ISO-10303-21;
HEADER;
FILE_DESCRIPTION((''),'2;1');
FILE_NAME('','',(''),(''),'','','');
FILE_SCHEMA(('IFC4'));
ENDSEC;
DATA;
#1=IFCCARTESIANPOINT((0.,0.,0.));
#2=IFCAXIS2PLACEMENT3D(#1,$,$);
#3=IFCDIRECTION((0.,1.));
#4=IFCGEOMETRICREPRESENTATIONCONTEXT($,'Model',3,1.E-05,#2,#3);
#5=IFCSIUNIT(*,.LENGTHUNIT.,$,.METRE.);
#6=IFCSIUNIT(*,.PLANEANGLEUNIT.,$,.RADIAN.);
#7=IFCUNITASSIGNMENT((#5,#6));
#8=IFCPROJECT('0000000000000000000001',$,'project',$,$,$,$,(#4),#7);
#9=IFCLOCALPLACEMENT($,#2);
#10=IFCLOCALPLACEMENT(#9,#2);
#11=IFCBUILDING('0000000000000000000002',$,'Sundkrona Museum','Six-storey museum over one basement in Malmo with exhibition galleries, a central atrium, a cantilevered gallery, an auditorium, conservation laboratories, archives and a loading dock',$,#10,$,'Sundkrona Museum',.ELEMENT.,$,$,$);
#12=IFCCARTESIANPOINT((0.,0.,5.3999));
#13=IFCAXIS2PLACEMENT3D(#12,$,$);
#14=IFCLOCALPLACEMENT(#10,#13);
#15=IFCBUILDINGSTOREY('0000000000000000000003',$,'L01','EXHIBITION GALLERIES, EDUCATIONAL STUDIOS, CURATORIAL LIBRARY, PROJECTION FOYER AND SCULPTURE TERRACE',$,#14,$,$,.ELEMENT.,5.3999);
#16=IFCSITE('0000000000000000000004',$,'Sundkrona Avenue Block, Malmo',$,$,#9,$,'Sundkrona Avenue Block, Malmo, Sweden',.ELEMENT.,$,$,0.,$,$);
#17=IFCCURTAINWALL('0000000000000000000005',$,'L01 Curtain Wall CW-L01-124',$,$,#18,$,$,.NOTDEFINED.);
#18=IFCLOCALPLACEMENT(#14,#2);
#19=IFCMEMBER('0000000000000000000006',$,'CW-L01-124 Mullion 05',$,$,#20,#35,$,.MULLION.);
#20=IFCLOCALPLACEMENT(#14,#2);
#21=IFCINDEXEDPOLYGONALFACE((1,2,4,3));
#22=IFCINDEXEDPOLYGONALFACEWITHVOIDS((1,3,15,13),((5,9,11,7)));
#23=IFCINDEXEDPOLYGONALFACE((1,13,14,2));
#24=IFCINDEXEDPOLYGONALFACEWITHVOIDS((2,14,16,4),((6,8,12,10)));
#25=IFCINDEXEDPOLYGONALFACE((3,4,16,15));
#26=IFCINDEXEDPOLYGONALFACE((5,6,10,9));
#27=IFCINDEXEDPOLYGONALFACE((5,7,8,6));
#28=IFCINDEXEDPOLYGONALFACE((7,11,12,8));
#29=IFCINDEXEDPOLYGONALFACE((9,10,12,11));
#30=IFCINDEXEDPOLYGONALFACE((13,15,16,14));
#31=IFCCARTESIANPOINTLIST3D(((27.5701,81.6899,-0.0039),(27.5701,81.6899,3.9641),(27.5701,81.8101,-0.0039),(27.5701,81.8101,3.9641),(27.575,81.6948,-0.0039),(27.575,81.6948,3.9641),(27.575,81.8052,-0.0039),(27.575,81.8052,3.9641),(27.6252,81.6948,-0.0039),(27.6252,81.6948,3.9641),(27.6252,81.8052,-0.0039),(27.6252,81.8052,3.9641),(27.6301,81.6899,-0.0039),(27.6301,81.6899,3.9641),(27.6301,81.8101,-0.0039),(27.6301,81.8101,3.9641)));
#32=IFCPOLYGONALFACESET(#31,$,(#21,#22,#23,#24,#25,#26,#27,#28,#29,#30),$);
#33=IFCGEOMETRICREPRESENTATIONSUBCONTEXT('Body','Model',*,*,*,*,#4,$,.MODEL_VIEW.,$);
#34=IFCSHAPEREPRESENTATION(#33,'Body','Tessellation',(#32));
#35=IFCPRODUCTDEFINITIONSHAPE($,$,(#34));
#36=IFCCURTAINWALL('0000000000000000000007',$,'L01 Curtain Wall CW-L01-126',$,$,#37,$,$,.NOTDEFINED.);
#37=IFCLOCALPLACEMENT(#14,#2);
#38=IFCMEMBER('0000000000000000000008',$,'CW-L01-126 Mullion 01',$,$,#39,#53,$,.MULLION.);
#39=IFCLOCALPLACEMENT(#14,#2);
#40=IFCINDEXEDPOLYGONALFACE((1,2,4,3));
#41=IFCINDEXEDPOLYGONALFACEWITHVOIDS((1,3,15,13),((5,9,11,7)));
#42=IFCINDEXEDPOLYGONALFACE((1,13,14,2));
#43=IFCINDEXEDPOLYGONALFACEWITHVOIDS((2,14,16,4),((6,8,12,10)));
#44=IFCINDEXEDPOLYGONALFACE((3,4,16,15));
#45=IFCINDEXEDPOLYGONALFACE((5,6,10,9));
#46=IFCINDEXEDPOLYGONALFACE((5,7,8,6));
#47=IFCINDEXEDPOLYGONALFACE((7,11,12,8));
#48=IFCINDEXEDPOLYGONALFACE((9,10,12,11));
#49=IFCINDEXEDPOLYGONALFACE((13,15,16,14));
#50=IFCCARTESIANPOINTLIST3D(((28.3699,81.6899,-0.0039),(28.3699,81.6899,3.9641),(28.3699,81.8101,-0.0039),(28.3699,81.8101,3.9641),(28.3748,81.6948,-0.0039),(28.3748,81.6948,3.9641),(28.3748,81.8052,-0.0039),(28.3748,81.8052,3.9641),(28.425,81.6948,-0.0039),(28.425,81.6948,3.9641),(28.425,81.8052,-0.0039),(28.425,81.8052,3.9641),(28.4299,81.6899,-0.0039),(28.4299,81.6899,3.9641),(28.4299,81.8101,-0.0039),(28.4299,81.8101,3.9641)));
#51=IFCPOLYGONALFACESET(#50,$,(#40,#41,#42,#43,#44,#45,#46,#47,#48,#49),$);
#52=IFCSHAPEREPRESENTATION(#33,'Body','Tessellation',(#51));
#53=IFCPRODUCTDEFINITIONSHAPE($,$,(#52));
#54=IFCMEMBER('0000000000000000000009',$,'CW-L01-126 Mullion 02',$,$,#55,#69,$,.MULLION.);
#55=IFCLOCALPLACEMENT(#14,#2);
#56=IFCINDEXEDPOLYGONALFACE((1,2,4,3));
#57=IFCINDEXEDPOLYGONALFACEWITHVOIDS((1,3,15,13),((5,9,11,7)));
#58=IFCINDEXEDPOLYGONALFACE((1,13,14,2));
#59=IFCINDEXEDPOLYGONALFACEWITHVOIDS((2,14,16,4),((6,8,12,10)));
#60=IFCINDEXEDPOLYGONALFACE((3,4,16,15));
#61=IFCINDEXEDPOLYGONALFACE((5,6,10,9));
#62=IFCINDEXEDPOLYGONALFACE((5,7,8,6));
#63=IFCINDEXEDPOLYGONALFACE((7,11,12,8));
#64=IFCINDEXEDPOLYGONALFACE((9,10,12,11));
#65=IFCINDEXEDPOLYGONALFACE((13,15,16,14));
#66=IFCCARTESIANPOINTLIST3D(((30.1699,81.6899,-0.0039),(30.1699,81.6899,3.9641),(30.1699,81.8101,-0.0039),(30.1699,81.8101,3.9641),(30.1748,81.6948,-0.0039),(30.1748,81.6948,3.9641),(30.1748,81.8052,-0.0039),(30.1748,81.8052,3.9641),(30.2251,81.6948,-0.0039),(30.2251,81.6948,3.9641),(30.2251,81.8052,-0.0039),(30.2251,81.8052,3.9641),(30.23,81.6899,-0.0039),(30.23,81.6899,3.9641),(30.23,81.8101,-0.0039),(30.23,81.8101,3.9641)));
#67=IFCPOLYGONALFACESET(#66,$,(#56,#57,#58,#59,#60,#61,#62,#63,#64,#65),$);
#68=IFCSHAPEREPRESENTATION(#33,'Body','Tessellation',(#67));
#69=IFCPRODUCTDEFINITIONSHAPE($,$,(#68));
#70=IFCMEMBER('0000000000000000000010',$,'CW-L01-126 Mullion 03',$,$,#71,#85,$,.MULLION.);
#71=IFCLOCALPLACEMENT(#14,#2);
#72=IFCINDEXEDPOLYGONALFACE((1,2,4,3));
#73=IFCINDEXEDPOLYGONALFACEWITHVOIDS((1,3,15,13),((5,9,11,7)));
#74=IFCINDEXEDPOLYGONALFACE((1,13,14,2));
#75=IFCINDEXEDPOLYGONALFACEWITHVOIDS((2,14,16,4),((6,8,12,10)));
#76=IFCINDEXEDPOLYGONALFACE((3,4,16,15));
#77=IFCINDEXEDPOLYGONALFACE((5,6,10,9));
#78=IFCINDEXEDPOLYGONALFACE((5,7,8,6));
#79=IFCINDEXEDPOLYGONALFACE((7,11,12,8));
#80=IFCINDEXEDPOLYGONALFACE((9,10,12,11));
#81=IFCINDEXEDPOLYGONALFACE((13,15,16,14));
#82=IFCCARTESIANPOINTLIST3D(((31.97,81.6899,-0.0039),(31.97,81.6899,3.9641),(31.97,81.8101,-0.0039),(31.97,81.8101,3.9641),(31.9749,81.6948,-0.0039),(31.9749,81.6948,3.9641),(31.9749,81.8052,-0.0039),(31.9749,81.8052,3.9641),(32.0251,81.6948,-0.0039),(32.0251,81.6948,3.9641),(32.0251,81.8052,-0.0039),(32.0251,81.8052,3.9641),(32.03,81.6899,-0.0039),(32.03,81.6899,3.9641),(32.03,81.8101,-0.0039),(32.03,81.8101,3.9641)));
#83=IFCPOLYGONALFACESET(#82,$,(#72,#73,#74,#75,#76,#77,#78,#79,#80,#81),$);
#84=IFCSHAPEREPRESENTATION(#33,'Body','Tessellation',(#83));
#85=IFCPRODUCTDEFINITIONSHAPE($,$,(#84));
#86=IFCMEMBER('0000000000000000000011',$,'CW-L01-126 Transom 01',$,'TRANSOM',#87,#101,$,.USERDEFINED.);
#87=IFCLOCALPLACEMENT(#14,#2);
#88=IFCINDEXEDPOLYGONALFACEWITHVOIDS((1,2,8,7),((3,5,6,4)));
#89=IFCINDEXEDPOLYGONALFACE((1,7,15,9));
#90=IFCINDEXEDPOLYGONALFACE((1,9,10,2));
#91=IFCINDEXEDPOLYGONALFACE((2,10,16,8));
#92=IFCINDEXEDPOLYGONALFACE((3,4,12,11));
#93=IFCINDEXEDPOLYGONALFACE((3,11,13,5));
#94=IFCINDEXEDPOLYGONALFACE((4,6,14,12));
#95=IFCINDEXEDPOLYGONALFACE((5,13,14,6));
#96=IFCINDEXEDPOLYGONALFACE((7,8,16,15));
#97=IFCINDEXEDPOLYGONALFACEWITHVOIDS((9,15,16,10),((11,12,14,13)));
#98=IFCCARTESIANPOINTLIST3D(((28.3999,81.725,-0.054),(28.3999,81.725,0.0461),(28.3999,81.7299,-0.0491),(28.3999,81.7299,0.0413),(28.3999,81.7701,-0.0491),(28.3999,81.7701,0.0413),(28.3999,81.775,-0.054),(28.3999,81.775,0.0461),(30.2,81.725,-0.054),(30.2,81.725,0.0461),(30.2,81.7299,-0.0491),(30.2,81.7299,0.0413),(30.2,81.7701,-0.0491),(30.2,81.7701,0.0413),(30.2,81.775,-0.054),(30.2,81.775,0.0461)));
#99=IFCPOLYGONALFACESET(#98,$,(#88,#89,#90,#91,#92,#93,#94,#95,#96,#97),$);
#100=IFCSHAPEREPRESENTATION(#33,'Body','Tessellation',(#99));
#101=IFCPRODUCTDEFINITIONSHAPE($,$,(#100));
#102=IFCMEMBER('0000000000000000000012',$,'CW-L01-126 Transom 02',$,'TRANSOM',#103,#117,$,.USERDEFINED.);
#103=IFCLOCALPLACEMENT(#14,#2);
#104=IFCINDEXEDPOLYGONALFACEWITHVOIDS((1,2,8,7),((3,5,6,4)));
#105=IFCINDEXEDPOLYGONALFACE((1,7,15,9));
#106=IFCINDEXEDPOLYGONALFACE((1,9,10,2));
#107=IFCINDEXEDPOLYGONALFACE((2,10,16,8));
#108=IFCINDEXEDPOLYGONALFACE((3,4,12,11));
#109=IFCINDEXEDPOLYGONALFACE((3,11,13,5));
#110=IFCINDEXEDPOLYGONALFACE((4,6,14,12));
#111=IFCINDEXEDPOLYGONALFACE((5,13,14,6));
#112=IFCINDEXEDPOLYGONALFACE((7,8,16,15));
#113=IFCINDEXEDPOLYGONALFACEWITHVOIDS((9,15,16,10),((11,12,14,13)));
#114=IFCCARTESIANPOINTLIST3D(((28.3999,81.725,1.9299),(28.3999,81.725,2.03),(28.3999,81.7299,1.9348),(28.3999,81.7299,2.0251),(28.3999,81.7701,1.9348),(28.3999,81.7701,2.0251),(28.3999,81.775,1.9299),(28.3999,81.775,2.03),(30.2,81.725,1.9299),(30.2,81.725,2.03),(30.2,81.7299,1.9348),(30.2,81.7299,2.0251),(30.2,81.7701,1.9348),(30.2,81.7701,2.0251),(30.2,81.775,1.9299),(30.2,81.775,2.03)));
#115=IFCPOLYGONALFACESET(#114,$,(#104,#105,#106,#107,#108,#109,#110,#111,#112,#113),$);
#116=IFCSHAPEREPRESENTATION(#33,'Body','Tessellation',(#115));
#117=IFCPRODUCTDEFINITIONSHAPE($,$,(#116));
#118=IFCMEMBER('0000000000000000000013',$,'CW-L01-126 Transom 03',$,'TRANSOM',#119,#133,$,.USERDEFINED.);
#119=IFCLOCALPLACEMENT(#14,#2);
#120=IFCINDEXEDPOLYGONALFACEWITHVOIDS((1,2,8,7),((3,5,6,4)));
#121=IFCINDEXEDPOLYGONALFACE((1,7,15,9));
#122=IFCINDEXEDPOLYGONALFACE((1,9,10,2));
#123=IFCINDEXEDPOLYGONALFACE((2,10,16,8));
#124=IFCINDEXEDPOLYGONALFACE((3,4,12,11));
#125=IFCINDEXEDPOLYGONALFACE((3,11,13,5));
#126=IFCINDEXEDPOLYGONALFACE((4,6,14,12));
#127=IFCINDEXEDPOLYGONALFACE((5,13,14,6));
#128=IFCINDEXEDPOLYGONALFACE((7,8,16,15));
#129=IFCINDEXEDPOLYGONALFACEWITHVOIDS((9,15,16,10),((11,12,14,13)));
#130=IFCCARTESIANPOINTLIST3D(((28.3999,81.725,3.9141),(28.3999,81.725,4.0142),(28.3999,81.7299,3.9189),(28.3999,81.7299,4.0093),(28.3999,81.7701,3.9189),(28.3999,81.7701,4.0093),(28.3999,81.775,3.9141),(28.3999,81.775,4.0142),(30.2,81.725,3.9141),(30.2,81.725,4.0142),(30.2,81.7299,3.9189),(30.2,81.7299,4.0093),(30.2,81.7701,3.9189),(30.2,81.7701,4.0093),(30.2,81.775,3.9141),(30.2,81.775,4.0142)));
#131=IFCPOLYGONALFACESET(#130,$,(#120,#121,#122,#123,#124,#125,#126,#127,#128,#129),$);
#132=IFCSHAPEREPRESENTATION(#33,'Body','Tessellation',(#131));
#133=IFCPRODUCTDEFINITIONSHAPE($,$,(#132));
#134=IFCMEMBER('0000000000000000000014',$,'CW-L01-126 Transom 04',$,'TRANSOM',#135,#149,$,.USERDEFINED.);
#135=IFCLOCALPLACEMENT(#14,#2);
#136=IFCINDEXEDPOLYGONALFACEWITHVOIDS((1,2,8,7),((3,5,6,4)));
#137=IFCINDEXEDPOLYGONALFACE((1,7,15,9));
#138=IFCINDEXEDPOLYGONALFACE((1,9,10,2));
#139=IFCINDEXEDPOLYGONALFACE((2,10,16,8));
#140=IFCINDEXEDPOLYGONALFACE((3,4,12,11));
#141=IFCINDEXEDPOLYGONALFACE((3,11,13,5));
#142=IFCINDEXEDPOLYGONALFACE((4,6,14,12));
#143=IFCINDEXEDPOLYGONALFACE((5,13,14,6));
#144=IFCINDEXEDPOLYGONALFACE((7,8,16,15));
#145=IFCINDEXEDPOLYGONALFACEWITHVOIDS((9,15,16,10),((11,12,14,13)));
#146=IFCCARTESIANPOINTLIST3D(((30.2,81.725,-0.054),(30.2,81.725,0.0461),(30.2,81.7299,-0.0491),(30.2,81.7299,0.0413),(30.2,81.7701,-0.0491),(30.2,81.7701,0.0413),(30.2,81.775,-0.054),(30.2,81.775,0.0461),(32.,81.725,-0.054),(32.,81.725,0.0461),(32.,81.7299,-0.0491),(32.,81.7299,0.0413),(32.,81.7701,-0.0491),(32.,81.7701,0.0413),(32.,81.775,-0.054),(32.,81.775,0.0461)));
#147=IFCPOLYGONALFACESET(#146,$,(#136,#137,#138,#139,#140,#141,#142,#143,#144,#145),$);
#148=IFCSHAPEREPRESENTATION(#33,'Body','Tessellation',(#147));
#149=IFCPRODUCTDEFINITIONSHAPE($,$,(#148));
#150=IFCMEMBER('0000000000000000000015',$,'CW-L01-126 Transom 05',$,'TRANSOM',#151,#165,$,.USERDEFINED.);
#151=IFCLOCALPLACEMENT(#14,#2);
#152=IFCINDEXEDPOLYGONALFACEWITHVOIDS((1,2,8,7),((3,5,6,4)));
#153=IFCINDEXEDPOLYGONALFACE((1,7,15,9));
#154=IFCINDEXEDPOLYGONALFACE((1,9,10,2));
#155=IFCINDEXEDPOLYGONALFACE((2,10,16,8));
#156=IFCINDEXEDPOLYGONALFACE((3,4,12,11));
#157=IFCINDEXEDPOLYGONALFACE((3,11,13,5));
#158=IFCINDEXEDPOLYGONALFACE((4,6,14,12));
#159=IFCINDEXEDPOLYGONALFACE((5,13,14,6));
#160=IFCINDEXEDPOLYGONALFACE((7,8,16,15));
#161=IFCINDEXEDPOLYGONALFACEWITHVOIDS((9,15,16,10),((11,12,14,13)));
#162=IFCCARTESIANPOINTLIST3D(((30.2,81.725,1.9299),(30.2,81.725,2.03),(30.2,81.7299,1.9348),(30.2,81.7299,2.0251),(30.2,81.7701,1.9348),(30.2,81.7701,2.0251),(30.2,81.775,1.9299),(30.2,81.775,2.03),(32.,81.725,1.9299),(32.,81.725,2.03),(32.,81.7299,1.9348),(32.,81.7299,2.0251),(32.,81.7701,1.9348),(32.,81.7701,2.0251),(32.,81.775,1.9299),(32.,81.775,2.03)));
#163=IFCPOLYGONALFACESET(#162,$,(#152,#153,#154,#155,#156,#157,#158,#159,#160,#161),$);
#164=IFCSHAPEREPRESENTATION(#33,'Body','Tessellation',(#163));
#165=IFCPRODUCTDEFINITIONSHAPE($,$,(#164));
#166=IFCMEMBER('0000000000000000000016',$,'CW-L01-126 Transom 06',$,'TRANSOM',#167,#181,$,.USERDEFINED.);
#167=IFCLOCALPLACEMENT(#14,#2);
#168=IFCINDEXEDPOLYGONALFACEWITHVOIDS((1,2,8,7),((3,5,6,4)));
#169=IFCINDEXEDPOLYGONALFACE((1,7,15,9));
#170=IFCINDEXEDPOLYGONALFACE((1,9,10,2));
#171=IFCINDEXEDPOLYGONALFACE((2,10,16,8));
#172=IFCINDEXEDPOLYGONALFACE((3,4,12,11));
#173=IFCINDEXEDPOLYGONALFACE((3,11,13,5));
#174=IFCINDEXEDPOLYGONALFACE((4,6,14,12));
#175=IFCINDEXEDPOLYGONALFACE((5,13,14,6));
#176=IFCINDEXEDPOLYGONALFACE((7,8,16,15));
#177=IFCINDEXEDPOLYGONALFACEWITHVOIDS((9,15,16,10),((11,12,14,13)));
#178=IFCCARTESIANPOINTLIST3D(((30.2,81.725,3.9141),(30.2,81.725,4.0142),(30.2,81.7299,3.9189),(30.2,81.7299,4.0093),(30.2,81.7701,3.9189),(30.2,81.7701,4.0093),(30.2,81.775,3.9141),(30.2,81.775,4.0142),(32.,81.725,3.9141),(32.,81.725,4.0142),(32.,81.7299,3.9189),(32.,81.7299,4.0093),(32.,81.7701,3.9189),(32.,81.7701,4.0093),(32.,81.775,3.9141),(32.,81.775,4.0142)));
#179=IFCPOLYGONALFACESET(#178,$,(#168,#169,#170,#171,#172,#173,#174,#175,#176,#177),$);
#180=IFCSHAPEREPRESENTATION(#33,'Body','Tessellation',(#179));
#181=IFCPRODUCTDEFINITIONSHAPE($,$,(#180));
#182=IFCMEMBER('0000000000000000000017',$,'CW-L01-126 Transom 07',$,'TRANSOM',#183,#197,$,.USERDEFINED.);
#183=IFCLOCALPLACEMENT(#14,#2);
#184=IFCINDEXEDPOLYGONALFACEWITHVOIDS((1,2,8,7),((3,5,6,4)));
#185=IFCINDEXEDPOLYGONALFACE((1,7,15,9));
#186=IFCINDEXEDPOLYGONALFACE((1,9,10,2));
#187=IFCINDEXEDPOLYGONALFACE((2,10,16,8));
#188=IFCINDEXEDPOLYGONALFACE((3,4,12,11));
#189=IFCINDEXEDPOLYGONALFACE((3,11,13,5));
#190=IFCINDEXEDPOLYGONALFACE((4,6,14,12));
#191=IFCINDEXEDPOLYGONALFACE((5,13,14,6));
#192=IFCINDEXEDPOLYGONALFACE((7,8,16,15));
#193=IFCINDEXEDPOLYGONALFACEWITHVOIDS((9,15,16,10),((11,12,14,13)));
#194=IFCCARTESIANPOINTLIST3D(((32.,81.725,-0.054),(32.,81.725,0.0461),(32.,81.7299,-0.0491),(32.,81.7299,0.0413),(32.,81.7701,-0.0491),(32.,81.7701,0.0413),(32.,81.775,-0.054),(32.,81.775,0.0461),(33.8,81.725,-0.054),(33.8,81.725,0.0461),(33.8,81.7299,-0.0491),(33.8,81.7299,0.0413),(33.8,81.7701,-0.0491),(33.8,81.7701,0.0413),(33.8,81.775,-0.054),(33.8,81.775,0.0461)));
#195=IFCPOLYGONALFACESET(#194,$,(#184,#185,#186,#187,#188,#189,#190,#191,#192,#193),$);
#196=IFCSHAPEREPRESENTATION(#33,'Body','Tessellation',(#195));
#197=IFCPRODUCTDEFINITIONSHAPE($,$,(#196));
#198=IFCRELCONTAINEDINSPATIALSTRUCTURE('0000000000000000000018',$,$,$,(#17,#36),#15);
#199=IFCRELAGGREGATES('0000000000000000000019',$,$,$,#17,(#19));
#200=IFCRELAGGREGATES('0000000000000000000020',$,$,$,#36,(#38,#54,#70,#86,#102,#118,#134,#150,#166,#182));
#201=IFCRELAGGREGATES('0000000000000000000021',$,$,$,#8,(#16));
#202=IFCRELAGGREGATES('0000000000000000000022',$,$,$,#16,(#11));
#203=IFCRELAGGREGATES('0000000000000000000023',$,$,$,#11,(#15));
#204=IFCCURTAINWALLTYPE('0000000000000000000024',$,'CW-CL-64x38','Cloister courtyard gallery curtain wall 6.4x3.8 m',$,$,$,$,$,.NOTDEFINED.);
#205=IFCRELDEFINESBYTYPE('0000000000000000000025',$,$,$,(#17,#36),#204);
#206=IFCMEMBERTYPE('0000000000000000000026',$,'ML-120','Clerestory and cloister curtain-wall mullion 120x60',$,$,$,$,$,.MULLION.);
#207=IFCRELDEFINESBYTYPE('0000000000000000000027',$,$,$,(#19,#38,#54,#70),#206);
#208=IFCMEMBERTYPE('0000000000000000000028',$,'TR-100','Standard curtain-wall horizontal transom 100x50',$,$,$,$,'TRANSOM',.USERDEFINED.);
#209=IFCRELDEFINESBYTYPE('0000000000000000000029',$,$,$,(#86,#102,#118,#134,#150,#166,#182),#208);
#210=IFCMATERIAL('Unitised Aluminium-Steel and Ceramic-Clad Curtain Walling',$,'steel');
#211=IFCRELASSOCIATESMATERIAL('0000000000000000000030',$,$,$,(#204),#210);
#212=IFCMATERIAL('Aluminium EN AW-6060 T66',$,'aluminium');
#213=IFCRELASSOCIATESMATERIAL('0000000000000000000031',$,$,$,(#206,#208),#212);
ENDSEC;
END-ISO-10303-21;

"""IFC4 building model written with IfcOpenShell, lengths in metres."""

from ifc_helpers import new_model, si_unit, direction, frame, origin, origin_2d, place, context, subcontext, project, spatial, hollow_rectangle, extrude, material, material_profile, profile_set, type_object, element, aggregate, save


model = new_model("IFC4")

# Units and contexts
model_context = context("Model", 3, precision=1e-05, world=origin(), true_north=direction((0.0, 1.0)))
body_context = subcontext(model_context, "Body", "Model", "MODEL_VIEW")
ifc_project = project(units=[si_unit("LENGTHUNIT", "METRE"), si_unit("PLANEANGLEUNIT", "RADIAN")], contexts=[model_context])

# Site, building, storey
site_placement = place(None, origin())
site = spatial("IfcSite", under=ifc_project, at=site_placement, Name="Sundkrona Avenue Block, Malmo", LongName="Sundkrona Avenue Block, Malmo, Sweden", CompositionType="ELEMENT", RefElevation=0.0)
building_placement = place(site_placement, origin())
building = spatial("IfcBuilding", under=site, at=building_placement, Name="Sundkrona Museum", Description="Six-storey museum over one basement in Malmo with exhibition galleries, a central atrium, a cantilevered gallery, an auditorium, conservation laboratories, archives and a loading dock", LongName="Sundkrona Museum", CompositionType="ELEMENT")
storey_placement = place(building_placement, frame((0.0, 0.0, 5.3999)))
storey = spatial("IfcBuildingStorey", under=building, at=storey_placement, Name="L01", Description="EXHIBITION GALLERIES, EDUCATIONAL STUDIOS, CURATORIAL LIBRARY, PROJECTION FOYER AND SCULPTURE TERRACE", CompositionType="ELEMENT", Elevation=5.3999)

# Curtain wall, member
ifc_material_1 = material(Name="Unitised Aluminium-Steel and Ceramic-Clad Curtain Walling", Category="steel")
curtain_wall_type = type_object("IfcCurtainWallType", Name="CW-CL-64x38", Description="Cloister courtyard gallery curtain wall 6.4x3.8 m", PredefinedType="NOTDEFINED", material=ifc_material_1)
curtain_wall_1_placement = place(storey_placement, origin())
curtain_wall_1 = element("IfcCurtainWall", 1, at=curtain_wall_1_placement, inside=storey, type_object=curtain_wall_type, Name="L01 Curtain Wall CW-L01-124", PredefinedType="NOTDEFINED")
ifc_material_2 = material(Name="Aluminium EN AW-6060 T66", Category="aluminium")
ifc_material_profile_1 = material_profile(ifc_material_2, hollow_rectangle(XDim=0.0601, YDim=0.1201, WallThickness=0.0049, at=origin_2d()), Name="RHS 120x60x5.0")
ifc_profile_set_1 = profile_set([ifc_material_profile_1], Name="Aluminium EN AW-6060 T66")
member_type_1 = type_object("IfcMemberType", Name="ML-120", Description="Clerestory and cloister curtain-wall mullion 120x60", PredefinedType="MULLION", material=ifc_profile_set_1)
member_1_placement = place(storey_placement, frame((27.6001, 81.75, -0.0039), z_axis=(0.0, 0.0, 1.0), x_axis=(1.0, 0.0, 0.0)))
member_1 = element("IfcMember", 2, at=member_1_placement, type_object=member_type_1, Name="CW-L01-124 Mullion 05", PredefinedType="MULLION", context=body_context, shape_type="SweptSolid", body=[
    extrude(hollow_rectangle(XDim=0.0601, YDim=0.1201, WallThickness=0.0049, at=origin_2d()), origin(), (0.0, 0.0, 1.0), 3.968),
])

# Curtain wall, members
curtain_wall_2_placement = place(storey_placement, origin())
curtain_wall_2 = element("IfcCurtainWall", 3, at=curtain_wall_2_placement, inside=storey, type_object=curtain_wall_type, Name="L01 Curtain Wall CW-L01-126", PredefinedType="NOTDEFINED")
member_2_placement = place(storey_placement, frame((28.3999, 81.75, -0.0039), z_axis=(0.0, 0.0, 1.0), x_axis=(1.0, 0.0, 0.0)))
member_2 = element("IfcMember", 4, at=member_2_placement, type_object=member_type_1, Name="CW-L01-126 Mullion 01", PredefinedType="MULLION", context=body_context, shape_type="SweptSolid", body=[
    extrude(hollow_rectangle(XDim=0.0601, YDim=0.1201, WallThickness=0.0049, at=origin_2d()), origin(), (0.0, 0.0, 1.0), 3.968),
])
member_3_placement = place(storey_placement, frame((30.2, 81.75, -0.0039), z_axis=(0.0, 0.0, 1.0), x_axis=(1.0, 0.0, 0.0)))
member_3 = element("IfcMember", 5, at=member_3_placement, type_object=member_type_1, Name="CW-L01-126 Mullion 02", PredefinedType="MULLION", context=body_context, shape_type="SweptSolid", body=[
    extrude(hollow_rectangle(XDim=0.0601, YDim=0.1201, WallThickness=0.0049, at=origin_2d()), origin(), (0.0, 0.0, 1.0), 3.968),
])
member_4_placement = place(storey_placement, frame((32.0, 81.75, -0.0039), z_axis=(0.0, 0.0, 1.0), x_axis=(1.0, 0.0, 0.0)))
member_4 = element("IfcMember", 6, at=member_4_placement, type_object=member_type_1, Name="CW-L01-126 Mullion 03", PredefinedType="MULLION", context=body_context, shape_type="SweptSolid", body=[
    extrude(hollow_rectangle(XDim=0.0601, YDim=0.1201, WallThickness=0.0049, at=origin_2d()), origin(), (0.0, 0.0, 1.0), 3.968),
])
ifc_material_profile_2 = material_profile(ifc_material_2, hollow_rectangle(XDim=0.05, YDim=0.1001, WallThickness=0.0049, at=origin_2d()), Name="RHS 100x50x5.0")
ifc_profile_set_2 = profile_set([ifc_material_profile_2], Name="Aluminium EN AW-6060 T66")
member_type_2 = type_object("IfcMemberType", Name="TR-100", Description="Standard curtain-wall horizontal transom 100x50", ElementType="TRANSOM", PredefinedType="USERDEFINED", material=ifc_profile_set_2)
member_5_placement = place(storey_placement, frame((28.3999, 81.75, -0.0039), z_axis=(1.0, 0.0, 0.0), x_axis=(0.0, 1.0, 0.0)))
member_5 = element("IfcMember", 7, at=member_5_placement, type_object=member_type_2, Name="CW-L01-126 Transom 01", ObjectType="TRANSOM", PredefinedType="USERDEFINED", context=body_context, shape_type="SweptSolid", body=[
    extrude(hollow_rectangle(XDim=0.05, YDim=0.1001, WallThickness=0.0049, at=origin_2d()), origin(), (0.0, 0.0, 1.0), 1.8),
])
member_6_placement = place(storey_placement, frame((28.3999, 81.75, 1.98), z_axis=(1.0, 0.0, 0.0), x_axis=(0.0, 1.0, 0.0)))
member_6 = element("IfcMember", 8, at=member_6_placement, type_object=member_type_2, Name="CW-L01-126 Transom 02", ObjectType="TRANSOM", PredefinedType="USERDEFINED", context=body_context, shape_type="SweptSolid", body=[
    extrude(hollow_rectangle(XDim=0.05, YDim=0.1001, WallThickness=0.0049, at=origin_2d()), origin(), (0.0, 0.0, 1.0), 1.8),
])
member_7_placement = place(storey_placement, frame((28.3999, 81.75, 3.9641), z_axis=(1.0, 0.0, 0.0), x_axis=(0.0, 1.0, 0.0)))
member_7 = element("IfcMember", 9, at=member_7_placement, type_object=member_type_2, Name="CW-L01-126 Transom 03", ObjectType="TRANSOM", PredefinedType="USERDEFINED", context=body_context, shape_type="SweptSolid", body=[
    extrude(hollow_rectangle(XDim=0.05, YDim=0.1001, WallThickness=0.0049, at=origin_2d()), origin(), (0.0, 0.0, 1.0), 1.8),
])
member_8_placement = place(storey_placement, frame((30.2, 81.75, -0.0039), z_axis=(1.0, 0.0, 0.0), x_axis=(0.0, 1.0, 0.0)))
member_8 = element("IfcMember", 10, at=member_8_placement, type_object=member_type_2, Name="CW-L01-126 Transom 04", ObjectType="TRANSOM", PredefinedType="USERDEFINED", context=body_context, shape_type="SweptSolid", body=[
    extrude(hollow_rectangle(XDim=0.05, YDim=0.1001, WallThickness=0.0049, at=origin_2d()), origin(), (0.0, 0.0, 1.0), 1.8),
])
member_9_placement = place(storey_placement, frame((30.2, 81.75, 1.98), z_axis=(1.0, 0.0, 0.0), x_axis=(0.0, 1.0, 0.0)))
member_9 = element("IfcMember", 11, at=member_9_placement, type_object=member_type_2, Name="CW-L01-126 Transom 05", ObjectType="TRANSOM", PredefinedType="USERDEFINED", context=body_context, shape_type="SweptSolid", body=[
    extrude(hollow_rectangle(XDim=0.05, YDim=0.1001, WallThickness=0.0049, at=origin_2d()), origin(), (0.0, 0.0, 1.0), 1.8),
])
member_10_placement = place(storey_placement, frame((30.2, 81.75, 3.9641), z_axis=(1.0, 0.0, 0.0), x_axis=(0.0, 1.0, 0.0)))
member_10 = element("IfcMember", 12, at=member_10_placement, type_object=member_type_2, Name="CW-L01-126 Transom 06", ObjectType="TRANSOM", PredefinedType="USERDEFINED", context=body_context, shape_type="SweptSolid", body=[
    extrude(hollow_rectangle(XDim=0.05, YDim=0.1001, WallThickness=0.0049, at=origin_2d()), origin(), (0.0, 0.0, 1.0), 1.8),
])
member_11_placement = place(storey_placement, frame((32.0, 81.75, -0.0039), z_axis=(1.0, 0.0, 0.0), x_axis=(0.0, 1.0, 0.0)))
member_11 = element("IfcMember", 13, at=member_11_placement, type_object=member_type_2, Name="CW-L01-126 Transom 07", ObjectType="TRANSOM", PredefinedType="USERDEFINED", context=body_context, shape_type="SweptSolid", body=[
    extrude(hollow_rectangle(XDim=0.05, YDim=0.1001, WallThickness=0.0049, at=origin_2d()), origin(), (0.0, 0.0, 1.0), 1.8),
])

aggregate(curtain_wall_1, [member_1])
aggregate(curtain_wall_2, [member_2, member_3, member_4, member_5, member_6, member_7, member_8, member_9, member_10, member_11])

save(model, "model.ifc")
